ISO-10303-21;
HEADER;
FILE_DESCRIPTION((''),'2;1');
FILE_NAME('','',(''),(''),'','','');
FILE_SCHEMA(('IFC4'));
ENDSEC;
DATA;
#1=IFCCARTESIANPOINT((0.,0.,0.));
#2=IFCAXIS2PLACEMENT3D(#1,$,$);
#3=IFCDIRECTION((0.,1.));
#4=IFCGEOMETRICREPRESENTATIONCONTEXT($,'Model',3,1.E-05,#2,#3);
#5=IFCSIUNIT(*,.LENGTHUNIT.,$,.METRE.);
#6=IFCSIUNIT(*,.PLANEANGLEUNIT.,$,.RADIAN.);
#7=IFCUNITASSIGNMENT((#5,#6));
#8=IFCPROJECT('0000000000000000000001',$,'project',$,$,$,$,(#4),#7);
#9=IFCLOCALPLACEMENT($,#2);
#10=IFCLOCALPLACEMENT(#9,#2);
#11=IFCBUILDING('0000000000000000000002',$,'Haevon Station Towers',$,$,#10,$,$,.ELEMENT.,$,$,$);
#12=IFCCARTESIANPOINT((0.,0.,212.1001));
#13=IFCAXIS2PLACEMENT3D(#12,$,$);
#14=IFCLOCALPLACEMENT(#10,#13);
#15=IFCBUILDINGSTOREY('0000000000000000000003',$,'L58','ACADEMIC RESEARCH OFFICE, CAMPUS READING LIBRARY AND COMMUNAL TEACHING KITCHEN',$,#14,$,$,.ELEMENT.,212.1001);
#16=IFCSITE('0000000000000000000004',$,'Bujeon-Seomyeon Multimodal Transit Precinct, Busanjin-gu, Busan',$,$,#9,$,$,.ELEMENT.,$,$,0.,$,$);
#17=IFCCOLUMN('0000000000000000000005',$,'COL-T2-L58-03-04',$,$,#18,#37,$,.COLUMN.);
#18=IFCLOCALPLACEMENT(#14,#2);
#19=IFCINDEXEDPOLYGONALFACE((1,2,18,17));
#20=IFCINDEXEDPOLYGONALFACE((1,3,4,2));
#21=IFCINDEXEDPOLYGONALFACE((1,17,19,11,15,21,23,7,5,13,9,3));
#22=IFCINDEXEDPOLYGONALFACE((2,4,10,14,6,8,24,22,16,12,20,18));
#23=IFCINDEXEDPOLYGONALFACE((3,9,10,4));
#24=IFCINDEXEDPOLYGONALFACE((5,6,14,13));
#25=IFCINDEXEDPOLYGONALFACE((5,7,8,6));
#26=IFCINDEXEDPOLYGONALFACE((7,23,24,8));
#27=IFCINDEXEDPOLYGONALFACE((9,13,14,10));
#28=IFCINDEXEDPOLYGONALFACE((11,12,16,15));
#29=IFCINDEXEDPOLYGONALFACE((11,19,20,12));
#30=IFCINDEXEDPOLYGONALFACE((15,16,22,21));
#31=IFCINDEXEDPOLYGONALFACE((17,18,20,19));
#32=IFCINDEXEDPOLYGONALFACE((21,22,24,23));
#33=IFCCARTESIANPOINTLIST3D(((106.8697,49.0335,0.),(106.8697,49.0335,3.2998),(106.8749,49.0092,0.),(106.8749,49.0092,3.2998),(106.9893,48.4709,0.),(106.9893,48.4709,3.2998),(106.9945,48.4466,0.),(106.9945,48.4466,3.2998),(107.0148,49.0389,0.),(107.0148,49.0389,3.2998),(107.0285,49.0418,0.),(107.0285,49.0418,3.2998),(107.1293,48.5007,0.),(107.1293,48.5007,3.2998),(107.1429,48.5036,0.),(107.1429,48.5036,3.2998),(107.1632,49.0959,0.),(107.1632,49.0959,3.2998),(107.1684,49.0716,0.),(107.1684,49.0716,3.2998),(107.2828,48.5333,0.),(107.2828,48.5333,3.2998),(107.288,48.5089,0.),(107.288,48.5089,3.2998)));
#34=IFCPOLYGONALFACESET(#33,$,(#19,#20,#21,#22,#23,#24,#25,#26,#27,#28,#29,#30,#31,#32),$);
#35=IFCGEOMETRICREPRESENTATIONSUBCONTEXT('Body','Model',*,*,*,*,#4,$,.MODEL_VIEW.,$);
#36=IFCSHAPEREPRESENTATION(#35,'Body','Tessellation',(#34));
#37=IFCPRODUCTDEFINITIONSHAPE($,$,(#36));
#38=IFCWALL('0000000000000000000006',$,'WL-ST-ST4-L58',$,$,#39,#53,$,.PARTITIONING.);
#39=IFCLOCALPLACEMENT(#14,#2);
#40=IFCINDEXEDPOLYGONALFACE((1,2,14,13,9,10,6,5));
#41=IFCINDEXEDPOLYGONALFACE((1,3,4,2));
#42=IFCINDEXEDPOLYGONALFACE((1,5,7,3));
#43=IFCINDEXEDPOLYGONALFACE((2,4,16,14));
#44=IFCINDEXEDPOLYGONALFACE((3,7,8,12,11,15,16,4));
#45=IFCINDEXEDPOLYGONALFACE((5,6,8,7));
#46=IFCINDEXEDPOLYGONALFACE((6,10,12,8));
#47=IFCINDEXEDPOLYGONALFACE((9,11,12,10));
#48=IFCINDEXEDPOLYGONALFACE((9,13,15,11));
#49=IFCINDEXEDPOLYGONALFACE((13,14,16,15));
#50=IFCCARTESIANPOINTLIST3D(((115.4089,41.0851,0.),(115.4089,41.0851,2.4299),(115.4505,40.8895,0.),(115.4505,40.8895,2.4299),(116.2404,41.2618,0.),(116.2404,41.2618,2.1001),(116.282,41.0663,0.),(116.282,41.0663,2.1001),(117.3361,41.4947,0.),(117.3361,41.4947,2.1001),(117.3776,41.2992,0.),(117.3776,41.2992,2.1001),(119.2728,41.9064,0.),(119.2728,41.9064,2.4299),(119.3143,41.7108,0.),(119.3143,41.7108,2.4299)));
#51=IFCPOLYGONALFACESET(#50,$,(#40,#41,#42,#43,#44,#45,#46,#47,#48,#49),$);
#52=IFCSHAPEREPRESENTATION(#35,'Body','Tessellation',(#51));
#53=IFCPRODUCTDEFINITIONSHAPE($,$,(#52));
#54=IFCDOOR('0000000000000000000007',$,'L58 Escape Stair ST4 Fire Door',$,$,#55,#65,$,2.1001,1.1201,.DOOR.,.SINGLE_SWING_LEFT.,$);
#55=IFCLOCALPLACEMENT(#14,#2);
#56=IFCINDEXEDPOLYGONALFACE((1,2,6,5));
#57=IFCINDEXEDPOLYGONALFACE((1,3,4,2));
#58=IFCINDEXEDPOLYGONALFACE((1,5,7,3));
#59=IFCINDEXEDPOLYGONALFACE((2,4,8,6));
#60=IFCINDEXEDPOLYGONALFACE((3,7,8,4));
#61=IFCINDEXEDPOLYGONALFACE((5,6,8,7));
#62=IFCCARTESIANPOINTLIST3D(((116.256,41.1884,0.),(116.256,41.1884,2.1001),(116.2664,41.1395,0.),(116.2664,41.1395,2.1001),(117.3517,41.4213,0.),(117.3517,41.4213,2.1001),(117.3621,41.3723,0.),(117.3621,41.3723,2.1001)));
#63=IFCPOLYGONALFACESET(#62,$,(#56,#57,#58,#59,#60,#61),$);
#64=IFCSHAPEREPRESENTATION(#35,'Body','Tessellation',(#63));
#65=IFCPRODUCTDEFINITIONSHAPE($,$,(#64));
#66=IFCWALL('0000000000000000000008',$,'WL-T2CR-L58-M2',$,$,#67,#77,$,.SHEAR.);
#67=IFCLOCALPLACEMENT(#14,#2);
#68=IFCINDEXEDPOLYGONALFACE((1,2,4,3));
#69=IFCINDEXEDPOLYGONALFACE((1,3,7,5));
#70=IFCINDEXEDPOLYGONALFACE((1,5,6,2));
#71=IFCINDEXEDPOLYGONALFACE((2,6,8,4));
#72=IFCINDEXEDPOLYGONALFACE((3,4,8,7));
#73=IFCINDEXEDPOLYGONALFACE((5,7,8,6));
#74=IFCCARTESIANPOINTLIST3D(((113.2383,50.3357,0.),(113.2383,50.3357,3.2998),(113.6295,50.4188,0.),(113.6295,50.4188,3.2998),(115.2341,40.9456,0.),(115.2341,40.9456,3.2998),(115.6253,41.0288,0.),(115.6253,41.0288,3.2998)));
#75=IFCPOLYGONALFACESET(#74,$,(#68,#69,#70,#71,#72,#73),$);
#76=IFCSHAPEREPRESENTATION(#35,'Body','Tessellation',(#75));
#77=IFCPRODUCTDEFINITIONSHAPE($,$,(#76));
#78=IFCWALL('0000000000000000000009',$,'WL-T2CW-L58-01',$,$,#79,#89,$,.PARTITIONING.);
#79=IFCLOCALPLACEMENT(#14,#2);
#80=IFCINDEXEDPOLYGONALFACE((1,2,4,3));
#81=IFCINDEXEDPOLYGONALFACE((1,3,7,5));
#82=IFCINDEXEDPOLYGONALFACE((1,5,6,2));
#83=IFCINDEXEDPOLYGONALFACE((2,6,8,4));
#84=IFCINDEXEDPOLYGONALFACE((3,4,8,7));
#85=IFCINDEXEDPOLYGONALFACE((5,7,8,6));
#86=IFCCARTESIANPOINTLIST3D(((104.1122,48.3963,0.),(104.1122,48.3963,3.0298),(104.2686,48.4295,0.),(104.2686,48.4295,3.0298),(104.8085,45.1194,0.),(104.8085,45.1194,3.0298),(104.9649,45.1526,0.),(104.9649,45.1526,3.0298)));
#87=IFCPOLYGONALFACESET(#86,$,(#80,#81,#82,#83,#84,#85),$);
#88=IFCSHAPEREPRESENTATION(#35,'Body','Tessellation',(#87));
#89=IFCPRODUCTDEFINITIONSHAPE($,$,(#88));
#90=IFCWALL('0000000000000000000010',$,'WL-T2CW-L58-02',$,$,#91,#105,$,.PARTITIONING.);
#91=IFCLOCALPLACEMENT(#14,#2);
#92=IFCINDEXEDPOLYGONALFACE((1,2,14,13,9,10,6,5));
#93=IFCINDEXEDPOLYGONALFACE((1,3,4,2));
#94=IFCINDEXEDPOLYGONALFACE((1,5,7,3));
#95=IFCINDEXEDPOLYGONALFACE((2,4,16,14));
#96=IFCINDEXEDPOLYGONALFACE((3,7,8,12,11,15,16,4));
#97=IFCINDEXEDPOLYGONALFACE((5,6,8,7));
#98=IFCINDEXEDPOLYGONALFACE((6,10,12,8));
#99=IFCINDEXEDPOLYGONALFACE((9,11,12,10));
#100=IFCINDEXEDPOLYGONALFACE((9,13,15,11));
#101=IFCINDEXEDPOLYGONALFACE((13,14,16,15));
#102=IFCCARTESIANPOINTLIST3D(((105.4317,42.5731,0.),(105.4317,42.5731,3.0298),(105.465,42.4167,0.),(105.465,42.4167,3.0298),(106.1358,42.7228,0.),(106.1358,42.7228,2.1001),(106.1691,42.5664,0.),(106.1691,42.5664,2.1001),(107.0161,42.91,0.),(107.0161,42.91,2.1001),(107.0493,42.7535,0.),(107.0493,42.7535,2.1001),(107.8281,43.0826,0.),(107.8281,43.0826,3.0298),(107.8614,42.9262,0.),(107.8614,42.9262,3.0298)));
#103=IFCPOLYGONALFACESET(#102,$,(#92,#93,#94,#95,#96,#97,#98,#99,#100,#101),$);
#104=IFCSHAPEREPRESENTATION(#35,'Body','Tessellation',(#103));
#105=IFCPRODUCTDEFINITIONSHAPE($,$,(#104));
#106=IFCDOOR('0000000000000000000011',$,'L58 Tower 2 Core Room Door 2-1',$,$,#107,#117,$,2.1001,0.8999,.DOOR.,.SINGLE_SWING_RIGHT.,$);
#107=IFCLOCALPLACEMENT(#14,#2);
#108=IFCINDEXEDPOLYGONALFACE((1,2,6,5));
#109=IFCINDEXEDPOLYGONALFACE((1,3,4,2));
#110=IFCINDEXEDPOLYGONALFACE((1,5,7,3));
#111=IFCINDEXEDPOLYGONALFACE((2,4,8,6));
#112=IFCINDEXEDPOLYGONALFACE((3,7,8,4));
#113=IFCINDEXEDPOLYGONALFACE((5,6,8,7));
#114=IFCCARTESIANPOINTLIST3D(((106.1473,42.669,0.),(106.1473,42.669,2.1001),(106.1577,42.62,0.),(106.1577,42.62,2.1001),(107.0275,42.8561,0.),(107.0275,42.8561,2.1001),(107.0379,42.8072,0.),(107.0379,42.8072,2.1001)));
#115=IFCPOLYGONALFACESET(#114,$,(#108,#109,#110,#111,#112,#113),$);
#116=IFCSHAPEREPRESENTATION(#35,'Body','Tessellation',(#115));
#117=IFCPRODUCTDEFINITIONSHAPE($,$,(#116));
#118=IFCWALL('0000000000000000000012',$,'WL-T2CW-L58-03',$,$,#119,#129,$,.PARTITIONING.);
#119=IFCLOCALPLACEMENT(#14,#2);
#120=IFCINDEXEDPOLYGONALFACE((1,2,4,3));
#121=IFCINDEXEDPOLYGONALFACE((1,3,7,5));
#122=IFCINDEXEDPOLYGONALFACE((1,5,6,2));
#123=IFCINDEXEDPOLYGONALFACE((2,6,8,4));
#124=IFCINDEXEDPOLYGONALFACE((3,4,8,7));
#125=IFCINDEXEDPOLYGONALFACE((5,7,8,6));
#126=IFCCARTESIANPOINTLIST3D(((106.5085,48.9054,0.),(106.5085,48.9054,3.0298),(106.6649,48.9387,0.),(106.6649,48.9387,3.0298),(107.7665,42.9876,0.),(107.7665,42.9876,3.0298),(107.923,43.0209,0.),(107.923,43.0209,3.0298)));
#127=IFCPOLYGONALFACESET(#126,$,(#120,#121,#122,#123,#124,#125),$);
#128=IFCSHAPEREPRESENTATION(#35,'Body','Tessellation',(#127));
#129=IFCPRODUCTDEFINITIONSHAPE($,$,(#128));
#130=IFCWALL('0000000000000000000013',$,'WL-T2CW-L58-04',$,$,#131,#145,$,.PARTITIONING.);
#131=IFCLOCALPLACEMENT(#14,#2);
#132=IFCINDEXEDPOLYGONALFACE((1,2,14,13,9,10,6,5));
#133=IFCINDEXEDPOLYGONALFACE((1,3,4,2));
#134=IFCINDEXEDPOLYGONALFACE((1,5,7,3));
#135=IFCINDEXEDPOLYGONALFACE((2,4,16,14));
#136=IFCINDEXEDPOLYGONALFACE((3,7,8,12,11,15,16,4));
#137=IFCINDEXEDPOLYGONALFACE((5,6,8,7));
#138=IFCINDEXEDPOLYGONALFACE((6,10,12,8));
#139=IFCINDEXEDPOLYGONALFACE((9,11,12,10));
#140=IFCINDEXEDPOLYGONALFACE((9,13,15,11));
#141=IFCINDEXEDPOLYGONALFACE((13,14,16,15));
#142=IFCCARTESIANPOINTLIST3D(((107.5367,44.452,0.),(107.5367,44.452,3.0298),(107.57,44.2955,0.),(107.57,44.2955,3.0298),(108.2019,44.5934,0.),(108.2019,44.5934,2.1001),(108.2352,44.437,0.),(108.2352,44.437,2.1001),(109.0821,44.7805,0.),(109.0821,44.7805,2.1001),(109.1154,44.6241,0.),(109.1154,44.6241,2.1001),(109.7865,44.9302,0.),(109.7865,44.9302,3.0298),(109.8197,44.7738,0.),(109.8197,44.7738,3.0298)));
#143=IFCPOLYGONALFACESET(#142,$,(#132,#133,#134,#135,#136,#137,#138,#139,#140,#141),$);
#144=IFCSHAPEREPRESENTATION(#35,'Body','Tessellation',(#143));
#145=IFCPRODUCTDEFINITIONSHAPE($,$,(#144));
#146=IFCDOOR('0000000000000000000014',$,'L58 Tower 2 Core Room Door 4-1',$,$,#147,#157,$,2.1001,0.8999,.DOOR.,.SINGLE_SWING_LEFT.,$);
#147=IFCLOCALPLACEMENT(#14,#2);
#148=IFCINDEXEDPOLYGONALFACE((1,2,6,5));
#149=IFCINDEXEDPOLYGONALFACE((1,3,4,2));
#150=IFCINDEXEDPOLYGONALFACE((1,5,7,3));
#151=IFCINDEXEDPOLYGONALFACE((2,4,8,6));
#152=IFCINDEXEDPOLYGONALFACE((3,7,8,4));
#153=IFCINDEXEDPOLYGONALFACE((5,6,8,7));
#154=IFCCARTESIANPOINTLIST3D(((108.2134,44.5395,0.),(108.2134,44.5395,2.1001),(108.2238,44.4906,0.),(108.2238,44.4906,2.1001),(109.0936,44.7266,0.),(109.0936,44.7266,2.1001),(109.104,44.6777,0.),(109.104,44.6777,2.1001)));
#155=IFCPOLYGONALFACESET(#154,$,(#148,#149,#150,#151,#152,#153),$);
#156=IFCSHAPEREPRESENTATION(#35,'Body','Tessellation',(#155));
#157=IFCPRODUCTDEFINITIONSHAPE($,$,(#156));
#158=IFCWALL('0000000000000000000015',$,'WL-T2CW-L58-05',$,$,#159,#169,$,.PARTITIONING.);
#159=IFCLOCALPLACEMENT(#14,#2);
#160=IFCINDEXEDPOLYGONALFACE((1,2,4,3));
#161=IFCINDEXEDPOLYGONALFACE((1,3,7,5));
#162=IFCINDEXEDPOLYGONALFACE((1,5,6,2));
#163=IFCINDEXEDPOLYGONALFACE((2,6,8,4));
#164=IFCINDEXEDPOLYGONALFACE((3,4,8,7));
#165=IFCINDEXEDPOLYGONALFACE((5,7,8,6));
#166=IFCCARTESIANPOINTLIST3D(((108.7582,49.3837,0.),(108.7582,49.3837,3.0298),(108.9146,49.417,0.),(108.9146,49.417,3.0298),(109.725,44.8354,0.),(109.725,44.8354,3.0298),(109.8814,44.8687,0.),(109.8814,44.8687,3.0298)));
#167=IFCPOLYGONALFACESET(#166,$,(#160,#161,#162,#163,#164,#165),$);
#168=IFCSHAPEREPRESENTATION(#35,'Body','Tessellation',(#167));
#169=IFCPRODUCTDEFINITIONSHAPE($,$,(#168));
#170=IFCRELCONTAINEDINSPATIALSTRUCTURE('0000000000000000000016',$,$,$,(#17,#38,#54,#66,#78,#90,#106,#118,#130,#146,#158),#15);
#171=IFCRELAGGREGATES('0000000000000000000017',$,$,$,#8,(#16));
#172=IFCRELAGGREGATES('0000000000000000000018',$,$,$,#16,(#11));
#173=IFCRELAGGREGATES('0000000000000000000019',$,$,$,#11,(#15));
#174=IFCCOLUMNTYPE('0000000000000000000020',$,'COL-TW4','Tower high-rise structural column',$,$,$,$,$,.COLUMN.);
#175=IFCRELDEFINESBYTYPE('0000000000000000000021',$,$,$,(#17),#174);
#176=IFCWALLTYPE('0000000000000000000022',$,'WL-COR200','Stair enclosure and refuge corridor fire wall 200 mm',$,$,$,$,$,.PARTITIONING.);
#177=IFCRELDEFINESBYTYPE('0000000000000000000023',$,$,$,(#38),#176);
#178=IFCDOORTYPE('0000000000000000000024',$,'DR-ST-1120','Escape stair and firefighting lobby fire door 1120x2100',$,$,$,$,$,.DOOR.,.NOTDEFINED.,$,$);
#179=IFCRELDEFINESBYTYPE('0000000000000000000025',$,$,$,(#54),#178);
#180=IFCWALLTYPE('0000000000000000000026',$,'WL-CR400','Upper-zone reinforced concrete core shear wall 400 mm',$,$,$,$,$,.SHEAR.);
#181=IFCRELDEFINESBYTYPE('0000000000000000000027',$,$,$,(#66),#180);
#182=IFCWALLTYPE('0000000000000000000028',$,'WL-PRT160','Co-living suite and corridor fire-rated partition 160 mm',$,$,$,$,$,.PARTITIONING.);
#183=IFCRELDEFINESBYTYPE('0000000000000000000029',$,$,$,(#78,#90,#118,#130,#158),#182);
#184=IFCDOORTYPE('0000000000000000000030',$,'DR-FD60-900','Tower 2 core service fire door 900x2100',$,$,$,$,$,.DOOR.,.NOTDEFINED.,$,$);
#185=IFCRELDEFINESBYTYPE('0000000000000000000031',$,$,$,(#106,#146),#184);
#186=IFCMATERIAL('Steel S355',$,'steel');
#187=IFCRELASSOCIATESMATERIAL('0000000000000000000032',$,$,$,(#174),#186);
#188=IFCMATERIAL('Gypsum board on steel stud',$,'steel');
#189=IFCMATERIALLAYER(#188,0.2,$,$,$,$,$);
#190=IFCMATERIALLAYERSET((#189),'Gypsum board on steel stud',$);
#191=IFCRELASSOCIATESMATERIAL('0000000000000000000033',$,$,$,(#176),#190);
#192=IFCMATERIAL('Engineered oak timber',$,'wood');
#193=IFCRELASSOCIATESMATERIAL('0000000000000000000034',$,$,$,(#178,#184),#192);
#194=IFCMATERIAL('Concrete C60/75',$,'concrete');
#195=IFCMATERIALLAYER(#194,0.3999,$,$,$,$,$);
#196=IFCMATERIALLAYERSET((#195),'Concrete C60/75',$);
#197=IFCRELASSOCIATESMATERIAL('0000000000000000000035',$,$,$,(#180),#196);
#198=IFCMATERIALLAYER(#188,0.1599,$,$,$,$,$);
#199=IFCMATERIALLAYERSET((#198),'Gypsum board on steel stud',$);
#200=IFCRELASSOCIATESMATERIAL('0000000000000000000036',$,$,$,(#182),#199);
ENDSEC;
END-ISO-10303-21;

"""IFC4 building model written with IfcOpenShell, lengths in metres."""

from ifc_helpers import new_model, si_unit, direction, frame, frame_2d, origin, origin_2d, place, context, subcontext, project, spatial, rectangle, i_section, extrude, material, layer, layer_set, material_profile, profile_set, type_object, element, fill, save


model = new_model("IFC4")

# Units and contexts
model_context = context("Model", 3, precision=1e-05, world=origin(), true_north=direction((0.0, 1.0)))
body_context = subcontext(model_context, "Body", "Model", "MODEL_VIEW")
ifc_project = project(units=[si_unit("LENGTHUNIT", "METRE"), si_unit("PLANEANGLEUNIT", "RADIAN")], contexts=[model_context])

# Site, building, storey
site_placement = place(None, origin())
site = spatial("IfcSite", under=ifc_project, at=site_placement, Name="Bujeon-Seomyeon Multimodal Transit Precinct, Busanjin-gu, Busan", CompositionType="ELEMENT", RefElevation=0.0)
building_placement = place(site_placement, origin())
building = spatial("IfcBuilding", under=site, at=building_placement, Name="Haevon Station Towers", CompositionType="ELEMENT")
storey_placement = place(building_placement, frame((0.0, 0.0, 212.1001)))
storey = spatial("IfcBuildingStorey", under=building, at=storey_placement, Name="L58", Description="ACADEMIC RESEARCH OFFICE, CAMPUS READING LIBRARY AND COMMUNAL TEACHING KITCHEN", CompositionType="ELEMENT", Elevation=212.1001)

# Column
ifc_material_1 = material(Name="Steel S355", Category="steel")
ifc_material_profile = material_profile(ifc_material_1, i_section(OverallWidth=0.3, OverallDepth=0.6001, WebThickness=0.0139, FlangeThickness=0.0249, at=origin_2d()), Name="H-600x300x14x25")
ifc_profile_set = profile_set([ifc_material_profile], Name="Steel S355")
column_type = type_object("IfcColumnType", Name="COL-TW4", Description="Tower high-rise structural column", PredefinedType="COLUMN", material=ifc_profile_set)
column_placement = place(storey_placement, frame((107.0789, 48.7712, 0.0), z_axis=(0.0, 0.0, 1.0), x_axis=(0.978148, 0.207912, 0.0)))
element("IfcColumn", 1, at=column_placement, inside=storey, type_object=column_type, Name="COL-T2-L58-03-04", PredefinedType="COLUMN", context=body_context, shape_type="SweptSolid", body=[
    extrude(i_section(OverallWidth=0.3, OverallDepth=0.6001, WebThickness=0.0139, FlangeThickness=0.0249, at=origin_2d()), origin(), (0.0, 0.0, 1.0), 3.2998),
])

# Wall, opening, door
ifc_material_2 = material(Name="Gypsum board on steel stud", Category="steel")
ifc_layer_1 = layer(ifc_material_2, 0.2)
ifc_layer_set_1 = layer_set([ifc_layer_1], Name="Gypsum board on steel stud")
wall_type_1 = type_object("IfcWallType", Name="WL-COR200", Description="Stair enclosure and refuge corridor fire wall 200 mm", PredefinedType="PARTITIONING", material=ifc_layer_set_1)
wall_1_placement = place(storey_placement, frame((115.4297, 40.9873, 0.0), z_axis=(0.0, 0.0, 1.0), x_axis=(0.978147, 0.207916, 0.0)))
wall_1 = element("IfcWall", 2, at=wall_1_placement, inside=storey, type_object=wall_type_1, Name="WL-ST-ST4-L58", PredefinedType="PARTITIONING", context=body_context, shape_type="SweptSolid", body=[
    extrude(rectangle(XDim=3.9502, YDim=0.2, at=frame_2d((1.9751, 0.0))), origin(), (0.0, 0.0, 1.0), 2.4299),
])
opening_1_placement = place(wall_1_placement, frame((0.8501, 0.0, 0.0)))
opening_1 = element("IfcOpeningElement", 3, at=opening_1_placement, cuts=wall_1, PredefinedType="OPENING", context=body_context, shape_type="SweptSolid", body=[
    extrude(rectangle(XDim=1.1201, YDim=2.1001, at=frame_2d((0.5601, 1.05))), frame((0.0, 0.1099, 0.0), z_axis=(0.0, -1.0, 0.0), x_axis=(1.0, 0.0, 0.0)), (0.0, 0.0, 1.0), 0.22),
])
ifc_material_3 = material(Name="Engineered oak timber", Category="wood")
door_type_1 = type_object("IfcDoorType", Name="DR-ST-1120", Description="Escape stair and firefighting lobby fire door 1120x2100", OperationType="NOTDEFINED", PredefinedType="DOOR", material=ifc_material_3)
door_1_placement = place(opening_1_placement, origin())
door_1 = element("IfcDoor", 4, at=door_1_placement, inside=storey, type_object=door_type_1, Name="L58 Escape Stair ST4 Fire Door", OperationType="SINGLE_SWING_LEFT", OverallHeight=2.1001, OverallWidth=1.1201, PredefinedType="DOOR", context=body_context, shape_type="SweptSolid", body=[
    extrude(rectangle(XDim=1.1201, YDim=2.1001, at=frame_2d((0.5601, 1.05))), frame((0.0, 0.0249, 0.0), z_axis=(0.0, -1.0, 0.0), x_axis=(1.0, 0.0, 0.0)), (0.0, 0.0, 1.0), 0.05),
])
fill(opening_1, door_1)

# Walls
ifc_material_4 = material(Name="Concrete C60/75", Category="concrete")
ifc_layer_2 = layer(ifc_material_4, 0.3999)
ifc_layer_set_2 = layer_set([ifc_layer_2], Name="Concrete C60/75")
wall_type_2 = type_object("IfcWallType", Name="WL-CR400", Description="Upper-zone reinforced concrete core shear wall 400 mm", PredefinedType="SHEAR", material=ifc_layer_set_2)
wall_2_placement = place(storey_placement, frame((115.4297, 40.9873, 0.0), z_axis=(0.0, 0.0, 1.0), x_axis=(-0.207903, 0.978149, 0.0)))
element("IfcWall", 5, at=wall_2_placement, inside=storey, type_object=wall_type_2, Name="WL-T2CR-L58-M2", PredefinedType="SHEAR", context=body_context, shape_type="SweptSolid", body=[
    extrude(rectangle(XDim=9.5999, YDim=0.3999, at=frame_2d((4.7998, 0.0))), origin(), (0.0, 0.0, 1.0), 3.2998),
])
ifc_layer_3 = layer(ifc_material_2, 0.1599)
ifc_layer_set_3 = layer_set([ifc_layer_3], Name="Gypsum board on steel stud")
wall_type_3 = type_object("IfcWallType", Name="WL-PRT160", Description="Co-living suite and corridor fire-rated partition 160 mm", PredefinedType="PARTITIONING", material=ifc_layer_set_3)
wall_3_placement = place(storey_placement, frame((104.8867, 45.136, 0.0), z_axis=(0.0, 0.0, 1.0), x_axis=(-0.207847, 0.978161, 0.0)))
element("IfcWall", 6, at=wall_3_placement, inside=storey, type_object=wall_type_3, Name="WL-T2CW-L58-01", PredefinedType="PARTITIONING", context=body_context, shape_type="SweptSolid", body=[
    extrude(rectangle(XDim=3.3501, YDim=0.1599, at=frame_2d((1.675, 0.0))), origin(), (0.0, 0.0, 1.0), 3.0298),
])

# Wall, opening, door
wall_4_placement = place(storey_placement, frame((105.4482, 42.4949, 0.0), z_axis=(0.0, 0.0, 1.0), x_axis=(0.978137, 0.207964, 0.0)))
wall_4 = element("IfcWall", 7, at=wall_4_placement, inside=storey, type_object=wall_type_3, Name="WL-T2CW-L58-02", PredefinedType="PARTITIONING", context=body_context, shape_type="SweptSolid", body=[
    extrude(rectangle(XDim=2.45, YDim=0.1599, at=frame_2d((1.2251, 0.0))), origin(), (0.0, 0.0, 1.0), 3.0298),
])
opening_2_placement = place(wall_4_placement, frame((0.72, 0.0, 0.0)))
opening_2 = element("IfcOpeningElement", 8, at=opening_2_placement, cuts=wall_4, PredefinedType="OPENING", context=body_context, shape_type="SweptSolid", body=[
    extrude(rectangle(XDim=0.8999, YDim=2.1001, at=frame_2d((0.45, 1.05))), frame((0.0, 0.0898, 0.0), z_axis=(0.0, -1.0, 0.0), x_axis=(1.0, 0.0, 0.0)), (0.0, 0.0, 1.0), 0.1799),
])
door_type_2 = type_object("IfcDoorType", Name="DR-FD60-900", Description="Tower 2 core service fire door 900x2100", OperationType="NOTDEFINED", PredefinedType="DOOR", material=ifc_material_3)
door_2_placement = place(opening_2_placement, origin())
door_2 = element("IfcDoor", 9, at=door_2_placement, inside=storey, type_object=door_type_2, Name="L58 Tower 2 Core Room Door 2-1", OperationType="SINGLE_SWING_RIGHT", OverallHeight=2.1001, OverallWidth=0.8999, PredefinedType="DOOR", context=body_context, shape_type="SweptSolid", body=[
    extrude(rectangle(XDim=0.8999, YDim=2.1001, at=frame_2d((0.45, 1.05))), frame((0.0, 0.0249, 0.0), z_axis=(0.0, -1.0, 0.0), x_axis=(1.0, 0.0, 0.0)), (0.0, 0.0, 1.0), 0.05),
])
fill(opening_2, door_2)

# Wall
wall_5_placement = place(storey_placement, frame((107.8447, 43.0044, 0.0), z_axis=(0.0, 0.0, 1.0), x_axis=(-0.207944, 0.978141, 0.0)))
element("IfcWall", 10, at=wall_5_placement, inside=storey, type_object=wall_type_3, Name="WL-T2CW-L58-03", PredefinedType="PARTITIONING", context=body_context, shape_type="SweptSolid", body=[
    extrude(rectangle(XDim=6.05, YDim=0.1599, at=frame_2d((3.0249, 0.0))), origin(), (0.0, 0.0, 1.0), 3.0298),
])

# Wall, opening, door
wall_6_placement = place(storey_placement, frame((107.5535, 44.3738, 0.0), z_axis=(0.0, 0.0, 1.0), x_axis=(0.978141, 0.207941, 0.0)))
wall_6 = element("IfcWall", 11, at=wall_6_placement, inside=storey, type_object=wall_type_3, Name="WL-T2CW-L58-04", PredefinedType="PARTITIONING", context=body_context, shape_type="SweptSolid", body=[
    extrude(rectangle(XDim=2.3, YDim=0.1599, at=frame_2d((1.1499, 0.0))), origin(), (0.0, 0.0, 1.0), 3.0298),
])
opening_3_placement = place(wall_6_placement, frame((0.6799, 0.0, 0.0)))
opening_3 = element("IfcOpeningElement", 12, at=opening_3_placement, cuts=wall_6, PredefinedType="OPENING", context=body_context, shape_type="SweptSolid", body=[
    extrude(rectangle(XDim=0.8999, YDim=2.1001, at=frame_2d((0.45, 1.05))), frame((0.0, 0.0898, 0.0), z_axis=(0.0, -1.0, 0.0), x_axis=(1.0, 0.0, 0.0)), (0.0, 0.0, 1.0), 0.1799),
])
door_3_placement = place(opening_3_placement, origin())
door_3 = element("IfcDoor", 13, at=door_3_placement, inside=storey, type_object=door_type_2, Name="L58 Tower 2 Core Room Door 4-1", OperationType="SINGLE_SWING_LEFT", OverallHeight=2.1001, OverallWidth=0.8999, PredefinedType="DOOR", context=body_context, shape_type="SweptSolid", body=[
    extrude(rectangle(XDim=0.8999, YDim=2.1001, at=frame_2d((0.45, 1.05))), frame((0.0, 0.0249, 0.0), z_axis=(0.0, -1.0, 0.0), x_axis=(1.0, 0.0, 0.0)), (0.0, 0.0, 1.0), 0.05),
])
fill(opening_3, door_3)

# Wall
wall_7_placement = place(storey_placement, frame((109.8032, 44.8521, 0.0), z_axis=(0.0, 0.0, 1.0), x_axis=(-0.207915, 0.978147, 0.0)))
element("IfcWall", 14, at=wall_7_placement, inside=storey, type_object=wall_type_3, Name="WL-T2CW-L58-05", PredefinedType="PARTITIONING", context=body_context, shape_type="SweptSolid", body=[
    extrude(rectangle(XDim=4.6499, YDim=0.1599, at=frame_2d((2.325, 0.0))), origin(), (0.0, 0.0, 1.0), 3.0298),
])

save(model, "model.ifc")
